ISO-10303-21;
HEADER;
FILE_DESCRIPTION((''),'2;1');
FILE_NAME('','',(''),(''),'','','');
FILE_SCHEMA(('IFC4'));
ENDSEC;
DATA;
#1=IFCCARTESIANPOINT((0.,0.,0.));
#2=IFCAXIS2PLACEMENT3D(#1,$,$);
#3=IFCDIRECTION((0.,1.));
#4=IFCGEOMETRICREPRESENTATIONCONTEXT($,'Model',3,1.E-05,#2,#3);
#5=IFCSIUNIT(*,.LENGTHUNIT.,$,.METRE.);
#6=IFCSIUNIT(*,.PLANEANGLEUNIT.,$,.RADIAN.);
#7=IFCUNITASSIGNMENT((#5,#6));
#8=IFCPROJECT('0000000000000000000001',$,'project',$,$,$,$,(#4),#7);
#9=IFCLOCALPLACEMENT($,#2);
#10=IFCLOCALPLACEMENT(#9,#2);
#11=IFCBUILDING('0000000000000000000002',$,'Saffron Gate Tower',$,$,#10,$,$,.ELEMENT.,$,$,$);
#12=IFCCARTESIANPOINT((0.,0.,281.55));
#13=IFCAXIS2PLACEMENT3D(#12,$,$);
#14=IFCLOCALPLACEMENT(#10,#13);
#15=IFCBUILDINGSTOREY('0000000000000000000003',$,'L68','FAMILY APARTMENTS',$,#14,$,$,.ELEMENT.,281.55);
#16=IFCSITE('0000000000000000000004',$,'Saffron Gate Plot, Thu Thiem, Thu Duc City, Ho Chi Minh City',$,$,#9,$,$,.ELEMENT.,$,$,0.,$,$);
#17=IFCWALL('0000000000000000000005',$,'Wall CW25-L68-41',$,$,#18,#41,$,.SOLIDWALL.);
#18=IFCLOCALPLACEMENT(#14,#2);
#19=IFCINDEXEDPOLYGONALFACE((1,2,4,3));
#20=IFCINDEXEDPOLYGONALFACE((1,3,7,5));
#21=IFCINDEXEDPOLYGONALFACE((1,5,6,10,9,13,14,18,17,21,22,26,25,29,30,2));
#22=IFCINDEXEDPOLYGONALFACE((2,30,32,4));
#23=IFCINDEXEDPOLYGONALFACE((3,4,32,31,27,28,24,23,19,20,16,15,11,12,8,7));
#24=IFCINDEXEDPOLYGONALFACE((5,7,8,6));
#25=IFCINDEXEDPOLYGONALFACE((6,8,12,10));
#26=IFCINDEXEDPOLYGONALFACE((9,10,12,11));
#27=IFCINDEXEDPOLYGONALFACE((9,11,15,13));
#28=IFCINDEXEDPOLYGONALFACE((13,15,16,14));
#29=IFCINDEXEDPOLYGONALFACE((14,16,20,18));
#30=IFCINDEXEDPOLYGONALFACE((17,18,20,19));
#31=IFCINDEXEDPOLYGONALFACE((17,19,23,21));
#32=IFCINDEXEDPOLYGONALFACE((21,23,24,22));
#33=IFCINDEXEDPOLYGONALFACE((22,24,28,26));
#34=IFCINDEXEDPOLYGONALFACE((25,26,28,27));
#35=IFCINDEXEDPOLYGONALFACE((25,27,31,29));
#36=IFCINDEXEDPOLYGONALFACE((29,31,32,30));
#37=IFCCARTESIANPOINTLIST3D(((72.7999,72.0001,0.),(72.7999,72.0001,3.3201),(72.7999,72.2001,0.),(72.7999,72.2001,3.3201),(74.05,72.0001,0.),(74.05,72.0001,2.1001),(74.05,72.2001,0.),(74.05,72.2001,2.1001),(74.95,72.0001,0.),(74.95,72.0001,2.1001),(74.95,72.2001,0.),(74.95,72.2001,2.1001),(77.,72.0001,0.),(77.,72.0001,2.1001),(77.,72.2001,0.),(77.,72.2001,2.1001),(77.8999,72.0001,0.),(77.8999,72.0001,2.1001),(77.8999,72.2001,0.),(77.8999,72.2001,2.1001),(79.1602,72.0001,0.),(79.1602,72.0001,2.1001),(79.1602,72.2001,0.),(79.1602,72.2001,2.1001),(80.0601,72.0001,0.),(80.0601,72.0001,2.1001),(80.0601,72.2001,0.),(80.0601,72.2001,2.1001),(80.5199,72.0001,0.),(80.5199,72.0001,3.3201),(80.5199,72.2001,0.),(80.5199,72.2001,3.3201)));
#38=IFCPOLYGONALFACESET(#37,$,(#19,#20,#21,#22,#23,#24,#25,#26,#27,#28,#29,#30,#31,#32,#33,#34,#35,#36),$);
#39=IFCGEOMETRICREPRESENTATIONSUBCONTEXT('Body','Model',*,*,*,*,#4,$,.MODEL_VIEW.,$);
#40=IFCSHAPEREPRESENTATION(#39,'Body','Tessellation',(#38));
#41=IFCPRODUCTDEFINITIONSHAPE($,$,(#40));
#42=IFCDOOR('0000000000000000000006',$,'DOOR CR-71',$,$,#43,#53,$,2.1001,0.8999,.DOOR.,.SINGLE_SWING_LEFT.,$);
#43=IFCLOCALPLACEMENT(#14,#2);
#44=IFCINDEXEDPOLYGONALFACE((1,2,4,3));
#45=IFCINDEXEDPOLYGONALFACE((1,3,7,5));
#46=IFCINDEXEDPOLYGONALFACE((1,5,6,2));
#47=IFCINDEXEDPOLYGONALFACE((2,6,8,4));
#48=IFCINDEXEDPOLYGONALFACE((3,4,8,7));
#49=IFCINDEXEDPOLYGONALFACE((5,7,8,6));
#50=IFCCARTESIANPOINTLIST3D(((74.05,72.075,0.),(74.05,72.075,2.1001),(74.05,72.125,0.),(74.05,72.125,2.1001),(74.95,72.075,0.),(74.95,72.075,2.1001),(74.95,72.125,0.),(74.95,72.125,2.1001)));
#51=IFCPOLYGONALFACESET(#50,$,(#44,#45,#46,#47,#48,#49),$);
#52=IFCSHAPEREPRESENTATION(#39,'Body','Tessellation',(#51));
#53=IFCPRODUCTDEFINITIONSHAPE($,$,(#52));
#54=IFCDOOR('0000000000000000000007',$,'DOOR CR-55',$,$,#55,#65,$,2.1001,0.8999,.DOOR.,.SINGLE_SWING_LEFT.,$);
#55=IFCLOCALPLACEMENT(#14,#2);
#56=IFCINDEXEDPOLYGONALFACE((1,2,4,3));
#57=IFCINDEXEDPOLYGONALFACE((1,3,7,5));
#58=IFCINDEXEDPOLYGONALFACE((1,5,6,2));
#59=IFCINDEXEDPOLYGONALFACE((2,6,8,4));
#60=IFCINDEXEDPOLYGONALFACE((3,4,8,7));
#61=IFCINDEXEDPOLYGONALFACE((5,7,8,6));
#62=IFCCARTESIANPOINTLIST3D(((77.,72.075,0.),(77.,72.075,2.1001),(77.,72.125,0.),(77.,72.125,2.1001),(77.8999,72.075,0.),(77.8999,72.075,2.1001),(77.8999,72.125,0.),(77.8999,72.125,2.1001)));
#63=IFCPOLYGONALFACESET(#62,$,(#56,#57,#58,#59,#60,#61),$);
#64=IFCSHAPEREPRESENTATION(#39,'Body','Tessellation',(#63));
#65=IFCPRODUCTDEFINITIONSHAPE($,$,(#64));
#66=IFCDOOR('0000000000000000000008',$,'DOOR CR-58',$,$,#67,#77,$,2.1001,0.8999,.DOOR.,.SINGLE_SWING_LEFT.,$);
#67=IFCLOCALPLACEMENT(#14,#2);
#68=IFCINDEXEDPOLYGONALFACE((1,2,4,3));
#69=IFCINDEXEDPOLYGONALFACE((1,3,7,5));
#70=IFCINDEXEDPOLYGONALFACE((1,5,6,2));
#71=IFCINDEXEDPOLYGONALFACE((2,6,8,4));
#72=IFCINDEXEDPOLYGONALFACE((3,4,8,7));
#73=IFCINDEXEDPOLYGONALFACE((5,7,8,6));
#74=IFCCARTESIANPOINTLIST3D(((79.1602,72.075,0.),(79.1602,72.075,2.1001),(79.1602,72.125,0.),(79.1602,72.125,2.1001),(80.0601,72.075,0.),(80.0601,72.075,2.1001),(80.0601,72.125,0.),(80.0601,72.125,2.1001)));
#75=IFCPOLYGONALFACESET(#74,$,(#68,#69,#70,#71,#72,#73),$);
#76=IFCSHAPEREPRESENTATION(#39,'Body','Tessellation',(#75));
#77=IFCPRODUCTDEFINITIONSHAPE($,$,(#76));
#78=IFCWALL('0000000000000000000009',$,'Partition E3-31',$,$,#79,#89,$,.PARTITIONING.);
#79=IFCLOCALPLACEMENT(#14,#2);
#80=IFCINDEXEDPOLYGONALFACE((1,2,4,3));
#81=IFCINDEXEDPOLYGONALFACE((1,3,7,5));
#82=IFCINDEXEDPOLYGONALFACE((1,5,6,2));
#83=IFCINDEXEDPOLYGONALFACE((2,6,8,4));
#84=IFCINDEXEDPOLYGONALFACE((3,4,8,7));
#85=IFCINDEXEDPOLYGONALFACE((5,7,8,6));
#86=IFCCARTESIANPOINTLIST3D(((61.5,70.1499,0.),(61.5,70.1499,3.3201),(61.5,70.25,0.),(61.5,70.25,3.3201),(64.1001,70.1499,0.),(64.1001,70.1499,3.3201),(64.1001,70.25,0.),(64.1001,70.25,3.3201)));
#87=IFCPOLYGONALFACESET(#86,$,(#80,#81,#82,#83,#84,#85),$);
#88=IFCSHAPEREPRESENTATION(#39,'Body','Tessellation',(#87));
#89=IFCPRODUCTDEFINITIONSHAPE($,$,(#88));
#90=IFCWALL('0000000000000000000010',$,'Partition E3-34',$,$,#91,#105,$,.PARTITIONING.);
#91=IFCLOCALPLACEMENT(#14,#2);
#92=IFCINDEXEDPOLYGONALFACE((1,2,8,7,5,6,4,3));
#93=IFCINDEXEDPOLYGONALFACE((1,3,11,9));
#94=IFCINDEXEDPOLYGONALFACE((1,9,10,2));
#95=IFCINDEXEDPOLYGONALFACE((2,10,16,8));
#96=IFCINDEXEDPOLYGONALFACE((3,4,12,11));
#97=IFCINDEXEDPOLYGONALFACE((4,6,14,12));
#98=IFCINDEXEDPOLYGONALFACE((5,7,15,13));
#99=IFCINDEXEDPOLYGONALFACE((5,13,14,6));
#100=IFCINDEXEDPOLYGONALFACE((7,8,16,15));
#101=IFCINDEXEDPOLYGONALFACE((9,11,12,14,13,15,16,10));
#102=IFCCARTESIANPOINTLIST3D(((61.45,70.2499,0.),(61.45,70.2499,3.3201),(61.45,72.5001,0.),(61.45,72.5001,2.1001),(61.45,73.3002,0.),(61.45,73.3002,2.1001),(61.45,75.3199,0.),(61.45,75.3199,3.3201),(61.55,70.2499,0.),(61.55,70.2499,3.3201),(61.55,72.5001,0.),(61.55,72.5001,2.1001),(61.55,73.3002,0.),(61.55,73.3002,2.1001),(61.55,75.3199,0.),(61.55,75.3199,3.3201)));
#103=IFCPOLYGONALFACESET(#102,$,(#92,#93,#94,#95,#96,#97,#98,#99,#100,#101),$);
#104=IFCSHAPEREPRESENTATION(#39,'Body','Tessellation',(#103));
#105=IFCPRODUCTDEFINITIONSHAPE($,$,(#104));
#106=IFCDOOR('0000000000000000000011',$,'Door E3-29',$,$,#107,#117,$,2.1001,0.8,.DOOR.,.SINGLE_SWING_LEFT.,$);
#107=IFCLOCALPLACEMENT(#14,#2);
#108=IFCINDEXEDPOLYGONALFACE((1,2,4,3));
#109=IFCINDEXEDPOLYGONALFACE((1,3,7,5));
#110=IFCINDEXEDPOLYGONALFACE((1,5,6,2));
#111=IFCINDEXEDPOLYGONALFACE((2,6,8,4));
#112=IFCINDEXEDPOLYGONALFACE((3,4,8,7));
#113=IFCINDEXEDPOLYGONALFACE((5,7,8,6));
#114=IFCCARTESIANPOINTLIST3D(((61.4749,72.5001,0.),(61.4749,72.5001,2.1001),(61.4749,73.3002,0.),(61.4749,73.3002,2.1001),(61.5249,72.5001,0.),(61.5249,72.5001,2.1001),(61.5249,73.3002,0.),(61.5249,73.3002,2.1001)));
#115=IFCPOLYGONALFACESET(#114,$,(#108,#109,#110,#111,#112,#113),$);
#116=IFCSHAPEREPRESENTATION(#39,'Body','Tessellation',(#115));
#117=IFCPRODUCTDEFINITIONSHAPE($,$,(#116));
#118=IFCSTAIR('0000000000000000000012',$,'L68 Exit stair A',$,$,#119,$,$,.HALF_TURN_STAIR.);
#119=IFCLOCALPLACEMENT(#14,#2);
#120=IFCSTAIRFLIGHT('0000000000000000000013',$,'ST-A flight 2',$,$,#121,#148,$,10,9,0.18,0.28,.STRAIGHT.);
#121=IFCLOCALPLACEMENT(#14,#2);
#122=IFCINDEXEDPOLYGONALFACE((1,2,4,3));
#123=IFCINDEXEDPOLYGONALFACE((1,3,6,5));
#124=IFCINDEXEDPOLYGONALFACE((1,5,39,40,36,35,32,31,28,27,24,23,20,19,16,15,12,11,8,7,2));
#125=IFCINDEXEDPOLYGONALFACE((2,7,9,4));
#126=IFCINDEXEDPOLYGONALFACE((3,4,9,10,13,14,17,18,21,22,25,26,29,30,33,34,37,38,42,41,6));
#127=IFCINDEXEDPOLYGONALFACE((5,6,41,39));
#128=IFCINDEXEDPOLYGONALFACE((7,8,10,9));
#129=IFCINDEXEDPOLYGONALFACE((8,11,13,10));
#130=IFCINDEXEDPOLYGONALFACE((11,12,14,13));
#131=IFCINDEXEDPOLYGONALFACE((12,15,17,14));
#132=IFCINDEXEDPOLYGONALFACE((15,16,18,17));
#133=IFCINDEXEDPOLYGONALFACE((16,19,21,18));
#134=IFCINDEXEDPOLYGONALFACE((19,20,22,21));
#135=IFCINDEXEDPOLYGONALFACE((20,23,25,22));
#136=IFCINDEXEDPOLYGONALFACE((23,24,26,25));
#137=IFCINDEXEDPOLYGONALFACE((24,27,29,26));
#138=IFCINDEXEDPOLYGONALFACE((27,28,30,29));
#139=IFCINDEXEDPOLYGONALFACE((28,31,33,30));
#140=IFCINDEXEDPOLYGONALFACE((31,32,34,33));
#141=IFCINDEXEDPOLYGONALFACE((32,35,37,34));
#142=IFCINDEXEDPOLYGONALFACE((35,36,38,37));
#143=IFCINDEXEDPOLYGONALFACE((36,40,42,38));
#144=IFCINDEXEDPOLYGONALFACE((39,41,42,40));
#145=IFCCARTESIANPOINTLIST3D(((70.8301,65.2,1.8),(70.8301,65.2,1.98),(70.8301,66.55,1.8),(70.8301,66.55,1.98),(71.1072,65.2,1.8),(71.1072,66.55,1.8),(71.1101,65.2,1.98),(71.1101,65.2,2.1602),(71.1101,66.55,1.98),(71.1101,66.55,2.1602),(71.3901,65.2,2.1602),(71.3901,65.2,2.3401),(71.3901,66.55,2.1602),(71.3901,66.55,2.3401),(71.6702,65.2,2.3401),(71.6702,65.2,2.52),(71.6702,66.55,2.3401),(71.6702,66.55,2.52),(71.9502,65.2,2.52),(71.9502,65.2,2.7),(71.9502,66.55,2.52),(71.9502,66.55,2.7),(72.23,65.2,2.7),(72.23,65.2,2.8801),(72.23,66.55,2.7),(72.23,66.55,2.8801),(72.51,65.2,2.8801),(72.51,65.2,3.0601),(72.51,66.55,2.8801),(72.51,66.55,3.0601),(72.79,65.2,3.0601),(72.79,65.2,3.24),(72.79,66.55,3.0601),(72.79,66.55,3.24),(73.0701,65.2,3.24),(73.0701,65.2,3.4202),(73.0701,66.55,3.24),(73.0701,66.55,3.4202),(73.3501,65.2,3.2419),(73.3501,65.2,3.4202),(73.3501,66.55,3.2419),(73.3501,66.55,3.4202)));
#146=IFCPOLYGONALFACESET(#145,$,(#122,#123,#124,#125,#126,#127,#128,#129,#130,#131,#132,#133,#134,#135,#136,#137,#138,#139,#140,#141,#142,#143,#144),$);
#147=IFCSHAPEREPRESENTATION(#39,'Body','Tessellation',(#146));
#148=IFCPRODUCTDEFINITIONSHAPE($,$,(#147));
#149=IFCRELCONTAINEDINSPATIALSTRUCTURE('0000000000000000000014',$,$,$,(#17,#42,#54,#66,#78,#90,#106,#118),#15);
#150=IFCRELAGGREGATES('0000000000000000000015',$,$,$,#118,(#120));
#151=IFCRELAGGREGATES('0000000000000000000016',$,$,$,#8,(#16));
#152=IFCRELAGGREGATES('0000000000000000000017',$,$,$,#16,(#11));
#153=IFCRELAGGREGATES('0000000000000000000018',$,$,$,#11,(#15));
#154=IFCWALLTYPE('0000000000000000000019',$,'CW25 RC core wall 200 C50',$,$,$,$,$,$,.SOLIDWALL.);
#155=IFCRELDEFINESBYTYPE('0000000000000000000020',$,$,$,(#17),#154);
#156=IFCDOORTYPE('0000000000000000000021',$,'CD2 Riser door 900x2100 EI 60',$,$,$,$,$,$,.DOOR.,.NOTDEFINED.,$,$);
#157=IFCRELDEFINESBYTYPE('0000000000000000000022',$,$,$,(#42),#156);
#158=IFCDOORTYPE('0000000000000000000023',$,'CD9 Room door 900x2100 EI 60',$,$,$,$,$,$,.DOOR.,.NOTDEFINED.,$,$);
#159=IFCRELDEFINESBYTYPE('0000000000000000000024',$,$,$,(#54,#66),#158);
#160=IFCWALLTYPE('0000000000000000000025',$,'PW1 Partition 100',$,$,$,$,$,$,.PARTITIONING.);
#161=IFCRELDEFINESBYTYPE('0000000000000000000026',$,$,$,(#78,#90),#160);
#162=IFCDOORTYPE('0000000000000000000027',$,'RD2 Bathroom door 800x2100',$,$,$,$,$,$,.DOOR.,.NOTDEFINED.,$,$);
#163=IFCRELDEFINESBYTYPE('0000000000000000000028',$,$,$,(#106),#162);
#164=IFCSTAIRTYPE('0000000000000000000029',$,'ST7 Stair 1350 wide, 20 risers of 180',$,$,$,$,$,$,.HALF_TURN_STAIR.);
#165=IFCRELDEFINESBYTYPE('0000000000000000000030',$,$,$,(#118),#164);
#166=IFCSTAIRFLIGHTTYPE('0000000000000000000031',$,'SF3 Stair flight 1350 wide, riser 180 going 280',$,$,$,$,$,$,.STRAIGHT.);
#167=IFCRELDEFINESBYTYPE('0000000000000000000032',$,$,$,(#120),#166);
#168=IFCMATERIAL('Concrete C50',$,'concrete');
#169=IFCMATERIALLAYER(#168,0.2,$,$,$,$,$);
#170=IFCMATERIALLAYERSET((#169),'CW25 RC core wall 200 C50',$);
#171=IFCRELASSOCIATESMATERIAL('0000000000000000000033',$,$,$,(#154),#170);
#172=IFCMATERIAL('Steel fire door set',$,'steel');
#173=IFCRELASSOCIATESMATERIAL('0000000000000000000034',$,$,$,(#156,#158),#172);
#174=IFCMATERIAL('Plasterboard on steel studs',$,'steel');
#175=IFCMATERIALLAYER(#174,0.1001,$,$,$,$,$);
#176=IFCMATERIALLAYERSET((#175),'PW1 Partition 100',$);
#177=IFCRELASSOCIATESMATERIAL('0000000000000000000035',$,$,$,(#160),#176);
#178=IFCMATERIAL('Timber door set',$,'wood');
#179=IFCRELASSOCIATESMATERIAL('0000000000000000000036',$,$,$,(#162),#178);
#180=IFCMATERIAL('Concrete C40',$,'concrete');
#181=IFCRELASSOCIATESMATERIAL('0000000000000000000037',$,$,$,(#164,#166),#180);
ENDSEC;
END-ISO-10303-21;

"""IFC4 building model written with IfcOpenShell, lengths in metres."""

from ifc_helpers import new_model, si_unit, direction, frame, frame_2d, origin, place, context, subcontext, project, spatial, polyline, rectangle, outline, extrude, material, layer, layer_set, type_object, element, fill, aggregate, save


model = new_model("IFC4")

# Units and contexts
model_context = context("Model", 3, precision=1e-05, world=origin(), true_north=direction((0.0, 1.0)))
body_context = subcontext(model_context, "Body", "Model", "MODEL_VIEW")
ifc_project = project(units=[si_unit("LENGTHUNIT", "METRE"), si_unit("PLANEANGLEUNIT", "RADIAN")], contexts=[model_context])

# Site, building, storey
site_placement = place(None, origin())
site = spatial("IfcSite", under=ifc_project, at=site_placement, Name="Saffron Gate Plot, Thu Thiem, Thu Duc City, Ho Chi Minh City", CompositionType="ELEMENT", RefElevation=0.0)
building_placement = place(site_placement, origin())
building = spatial("IfcBuilding", under=site, at=building_placement, Name="Saffron Gate Tower", CompositionType="ELEMENT")
storey_placement = place(building_placement, frame((0.0, 0.0, 281.55)))
storey = spatial("IfcBuildingStorey", under=building, at=storey_placement, Name="L68", Description="FAMILY APARTMENTS", CompositionType="ELEMENT", Elevation=281.55)

# Shared definitions
ifc_material_1 = material(Name="Concrete C50", Category="concrete")

# Shared definitions
ifc_material_2 = material(Name="Steel fire door set", Category="steel")
ifc_layer_1 = layer(ifc_material_1, 0.2)
ifc_layer_set_1 = layer_set([ifc_layer_1], Name="CW25 RC core wall 200 C50")
wall_type_1 = type_object("IfcWallType", Name="CW25 RC core wall 200 C50", PredefinedType="SOLIDWALL", material=ifc_layer_set_1)

# Wall, openings, doors
wall_1_placement = place(storey_placement, frame((72.8, 72.1001, 0.0), z_axis=(0.0, 0.0, 1.0), x_axis=(1.0, 0.0, 0.0)))
wall_1 = element("IfcWall", 1, at=wall_1_placement, inside=storey, type_object=wall_type_1, Name="Wall CW25-L68-41", PredefinedType="SOLIDWALL", context=body_context, shape_type="SweptSolid", body=[
    extrude(rectangle(XDim=7.72, YDim=0.2, at=frame_2d((3.8599, 0.0))), origin(), (0.0, 0.0, 1.0), 3.3201),
])
opening_1_placement = place(wall_1_placement, frame((1.25, 0.0, 0.0)))
opening_1 = element("IfcOpeningElement", 2, at=opening_1_placement, cuts=wall_1, PredefinedType="OPENING", context=body_context, shape_type="SweptSolid", body=[
    extrude(rectangle(XDim=0.8999, YDim=2.1001, at=frame_2d((0.45, 1.05))), frame((0.0, 0.1099, 0.0), z_axis=(0.0, -1.0, 0.0), x_axis=(1.0, 0.0, 0.0)), (0.0, 0.0, 1.0), 0.22),
])
opening_2_placement = place(wall_1_placement, frame((4.2, 0.0, 0.0)))
opening_2 = element("IfcOpeningElement", 3, at=opening_2_placement, cuts=wall_1, PredefinedType="OPENING", context=body_context, shape_type="SweptSolid", body=[
    extrude(rectangle(XDim=0.8999, YDim=2.1001, at=frame_2d((0.45, 1.05))), frame((0.0, 0.1099, 0.0), z_axis=(0.0, -1.0, 0.0), x_axis=(1.0, 0.0, 0.0)), (0.0, 0.0, 1.0), 0.22),
])
opening_3_placement = place(wall_1_placement, frame((6.3601, 0.0, 0.0)))
opening_3 = element("IfcOpeningElement", 4, at=opening_3_placement, cuts=wall_1, PredefinedType="OPENING", context=body_context, shape_type="SweptSolid", body=[
    extrude(rectangle(XDim=0.8999, YDim=2.1001, at=frame_2d((0.45, 1.05))), frame((0.0, 0.1099, 0.0), z_axis=(0.0, -1.0, 0.0), x_axis=(1.0, 0.0, 0.0)), (0.0, 0.0, 1.0), 0.22),
])
door_type_1 = type_object("IfcDoorType", Name="CD2 Riser door 900x2100 EI 60", OperationType="NOTDEFINED", PredefinedType="DOOR", material=ifc_material_2)
door_1_placement = place(opening_1_placement, origin())
door_1 = element("IfcDoor", 5, at=door_1_placement, inside=storey, type_object=door_type_1, Name="DOOR CR-71", OperationType="SINGLE_SWING_LEFT", OverallHeight=2.1001, OverallWidth=0.8999, PredefinedType="DOOR", context=body_context, shape_type="SweptSolid", body=[
    extrude(rectangle(XDim=0.8999, YDim=2.1001, at=frame_2d((0.45, 1.05))), frame((0.0, 0.0249, 0.0), z_axis=(0.0, -1.0, 0.0), x_axis=(1.0, 0.0, 0.0)), (0.0, 0.0, 1.0), 0.05),
])
fill(opening_1, door_1)
door_type_2 = type_object("IfcDoorType", Name="CD9 Room door 900x2100 EI 60", OperationType="NOTDEFINED", PredefinedType="DOOR", material=ifc_material_2)
door_2_placement = place(opening_2_placement, origin())
door_2 = element("IfcDoor", 6, at=door_2_placement, inside=storey, type_object=door_type_2, Name="DOOR CR-55", OperationType="SINGLE_SWING_LEFT", OverallHeight=2.1001, OverallWidth=0.8999, PredefinedType="DOOR", context=body_context, shape_type="SweptSolid", body=[
    extrude(rectangle(XDim=0.8999, YDim=2.1001, at=frame_2d((0.45, 1.05))), frame((0.0, 0.0249, 0.0), z_axis=(0.0, -1.0, 0.0), x_axis=(1.0, 0.0, 0.0)), (0.0, 0.0, 1.0), 0.05),
])
fill(opening_2, door_2)
door_3_placement = place(opening_3_placement, origin())
door_3 = element("IfcDoor", 7, at=door_3_placement, inside=storey, type_object=door_type_2, Name="DOOR CR-58", OperationType="SINGLE_SWING_LEFT", OverallHeight=2.1001, OverallWidth=0.8999, PredefinedType="DOOR", context=body_context, shape_type="SweptSolid", body=[
    extrude(rectangle(XDim=0.8999, YDim=2.1001, at=frame_2d((0.45, 1.05))), frame((0.0, 0.0249, 0.0), z_axis=(0.0, -1.0, 0.0), x_axis=(1.0, 0.0, 0.0)), (0.0, 0.0, 1.0), 0.05),
])
fill(opening_3, door_3)

# Wall
ifc_material_3 = material(Name="Plasterboard on steel studs", Category="steel")
ifc_layer_2 = layer(ifc_material_3, 0.1001)
ifc_layer_set_2 = layer_set([ifc_layer_2], Name="PW1 Partition 100")
wall_type_2 = type_object("IfcWallType", Name="PW1 Partition 100", PredefinedType="PARTITIONING", material=ifc_layer_set_2)
wall_2_placement = place(storey_placement, frame((61.5, 70.2, 0.0), z_axis=(0.0, 0.0, 1.0), x_axis=(1.0, 0.0, 0.0)))
element("IfcWall", 8, at=wall_2_placement, inside=storey, type_object=wall_type_2, Name="Partition E3-31", PredefinedType="PARTITIONING", context=body_context, shape_type="SweptSolid", body=[
    extrude(rectangle(XDim=2.6001, YDim=0.1001, at=frame_2d((1.3, 0.0))), origin(), (0.0, 0.0, 1.0), 3.3201),
])

# Wall, opening, door
wall_3_placement = place(storey_placement, frame((61.5, 75.3201, 0.0), z_axis=(0.0, 0.0, 1.0), x_axis=(0.0, -1.0, 0.0)))
wall_3 = element("IfcWall", 9, at=wall_3_placement, inside=storey, type_object=wall_type_2, Name="Partition E3-34", PredefinedType="PARTITIONING", context=body_context, shape_type="SweptSolid", body=[
    extrude(rectangle(XDim=5.0701, YDim=0.1001, at=frame_2d((2.5352, 0.0))), origin(), (0.0, 0.0, 1.0), 3.3201),
])
opening_4_placement = place(wall_3_placement, frame((2.02, 0.0, 0.0)))
opening_4 = element("IfcOpeningElement", 10, at=opening_4_placement, cuts=wall_3, PredefinedType="OPENING", context=body_context, shape_type="SweptSolid", body=[
    extrude(rectangle(XDim=0.8, YDim=2.1001, at=frame_2d((0.3999, 1.05))), frame((0.0, 0.0601, 0.0), z_axis=(0.0, -1.0, 0.0), x_axis=(1.0, 0.0, 0.0)), (0.0, 0.0, 1.0), 0.1201),
])
ifc_material_4 = material(Name="Timber door set", Category="wood")
door_type_3 = type_object("IfcDoorType", Name="RD2 Bathroom door 800x2100", OperationType="NOTDEFINED", PredefinedType="DOOR", material=ifc_material_4)
door_4_placement = place(opening_4_placement, origin())
door_4 = element("IfcDoor", 11, at=door_4_placement, inside=storey, type_object=door_type_3, Name="Door E3-29", OperationType="SINGLE_SWING_LEFT", OverallHeight=2.1001, OverallWidth=0.8, PredefinedType="DOOR", context=body_context, shape_type="SweptSolid", body=[
    extrude(rectangle(XDim=0.8, YDim=2.1001, at=frame_2d((0.3999, 1.05))), frame((0.0, 0.0249, 0.0), z_axis=(0.0, -1.0, 0.0), x_axis=(1.0, 0.0, 0.0)), (0.0, 0.0, 1.0), 0.05),
])
fill(opening_4, door_4)

# Stair, stair flight
ifc_material_5 = material(Name="Concrete C40", Category="concrete")
stair_type = type_object("IfcStairType", Name="ST7 Stair 1350 wide, 20 risers of 180", PredefinedType="HALF_TURN_STAIR", material=ifc_material_5)
stair_placement = place(storey_placement, origin())
stair = element("IfcStair", 12, at=stair_placement, inside=storey, type_object=stair_type, Name="L68 Exit stair A", PredefinedType="HALF_TURN_STAIR")
stair_flight_type = type_object("IfcStairFlightType", Name="SF3 Stair flight 1350 wide, riser 180 going 280", PredefinedType="STRAIGHT", material=ifc_material_5)
stair_flight_placement = place(storey_placement, frame((70.8301, 65.875, 1.8), z_axis=(0.0, 0.0, 1.0), x_axis=(1.0, 0.0, 0.0)))
stair_flight = element("IfcStairFlight", 13, at=stair_flight_placement, type_object=stair_flight_type, Name="ST-A flight 2", NumberOfRisers=10, NumberOfTreads=9, PredefinedType="STRAIGHT", RiserHeight=0.18, TreadLength=0.28, context=body_context, shape_type="SweptSolid", body=[
    extrude(outline(polyline([(0.0, 0.0), (0.0, 0.1799), (0.28, 0.1799), (0.28, 0.3601), (0.5601, 0.3601), (0.5601, 0.54), (0.8401, 0.54), (0.8401, 0.72), (1.1201, 0.72), (1.1201, 0.8999), (1.3999, 0.8999), (1.3999, 1.0801), (1.6799, 1.0801), (1.6799, 1.26), (1.96, 1.26), (1.96, 1.4399), (2.24, 1.4399), (2.24, 1.6201), (2.52, 1.6201), (2.52, 1.8), (2.52, 1.4419), (0.2771, 0.0), (0.0, 0.0)])), frame((0.0, 0.675, 0.0), z_axis=(0.0, -1.0, 0.0), x_axis=(1.0, 0.0, 0.0)), (0.0, 0.0, 1.0), 1.3501),
])
aggregate(stair, [stair_flight])

save(model, "model.ifc")
